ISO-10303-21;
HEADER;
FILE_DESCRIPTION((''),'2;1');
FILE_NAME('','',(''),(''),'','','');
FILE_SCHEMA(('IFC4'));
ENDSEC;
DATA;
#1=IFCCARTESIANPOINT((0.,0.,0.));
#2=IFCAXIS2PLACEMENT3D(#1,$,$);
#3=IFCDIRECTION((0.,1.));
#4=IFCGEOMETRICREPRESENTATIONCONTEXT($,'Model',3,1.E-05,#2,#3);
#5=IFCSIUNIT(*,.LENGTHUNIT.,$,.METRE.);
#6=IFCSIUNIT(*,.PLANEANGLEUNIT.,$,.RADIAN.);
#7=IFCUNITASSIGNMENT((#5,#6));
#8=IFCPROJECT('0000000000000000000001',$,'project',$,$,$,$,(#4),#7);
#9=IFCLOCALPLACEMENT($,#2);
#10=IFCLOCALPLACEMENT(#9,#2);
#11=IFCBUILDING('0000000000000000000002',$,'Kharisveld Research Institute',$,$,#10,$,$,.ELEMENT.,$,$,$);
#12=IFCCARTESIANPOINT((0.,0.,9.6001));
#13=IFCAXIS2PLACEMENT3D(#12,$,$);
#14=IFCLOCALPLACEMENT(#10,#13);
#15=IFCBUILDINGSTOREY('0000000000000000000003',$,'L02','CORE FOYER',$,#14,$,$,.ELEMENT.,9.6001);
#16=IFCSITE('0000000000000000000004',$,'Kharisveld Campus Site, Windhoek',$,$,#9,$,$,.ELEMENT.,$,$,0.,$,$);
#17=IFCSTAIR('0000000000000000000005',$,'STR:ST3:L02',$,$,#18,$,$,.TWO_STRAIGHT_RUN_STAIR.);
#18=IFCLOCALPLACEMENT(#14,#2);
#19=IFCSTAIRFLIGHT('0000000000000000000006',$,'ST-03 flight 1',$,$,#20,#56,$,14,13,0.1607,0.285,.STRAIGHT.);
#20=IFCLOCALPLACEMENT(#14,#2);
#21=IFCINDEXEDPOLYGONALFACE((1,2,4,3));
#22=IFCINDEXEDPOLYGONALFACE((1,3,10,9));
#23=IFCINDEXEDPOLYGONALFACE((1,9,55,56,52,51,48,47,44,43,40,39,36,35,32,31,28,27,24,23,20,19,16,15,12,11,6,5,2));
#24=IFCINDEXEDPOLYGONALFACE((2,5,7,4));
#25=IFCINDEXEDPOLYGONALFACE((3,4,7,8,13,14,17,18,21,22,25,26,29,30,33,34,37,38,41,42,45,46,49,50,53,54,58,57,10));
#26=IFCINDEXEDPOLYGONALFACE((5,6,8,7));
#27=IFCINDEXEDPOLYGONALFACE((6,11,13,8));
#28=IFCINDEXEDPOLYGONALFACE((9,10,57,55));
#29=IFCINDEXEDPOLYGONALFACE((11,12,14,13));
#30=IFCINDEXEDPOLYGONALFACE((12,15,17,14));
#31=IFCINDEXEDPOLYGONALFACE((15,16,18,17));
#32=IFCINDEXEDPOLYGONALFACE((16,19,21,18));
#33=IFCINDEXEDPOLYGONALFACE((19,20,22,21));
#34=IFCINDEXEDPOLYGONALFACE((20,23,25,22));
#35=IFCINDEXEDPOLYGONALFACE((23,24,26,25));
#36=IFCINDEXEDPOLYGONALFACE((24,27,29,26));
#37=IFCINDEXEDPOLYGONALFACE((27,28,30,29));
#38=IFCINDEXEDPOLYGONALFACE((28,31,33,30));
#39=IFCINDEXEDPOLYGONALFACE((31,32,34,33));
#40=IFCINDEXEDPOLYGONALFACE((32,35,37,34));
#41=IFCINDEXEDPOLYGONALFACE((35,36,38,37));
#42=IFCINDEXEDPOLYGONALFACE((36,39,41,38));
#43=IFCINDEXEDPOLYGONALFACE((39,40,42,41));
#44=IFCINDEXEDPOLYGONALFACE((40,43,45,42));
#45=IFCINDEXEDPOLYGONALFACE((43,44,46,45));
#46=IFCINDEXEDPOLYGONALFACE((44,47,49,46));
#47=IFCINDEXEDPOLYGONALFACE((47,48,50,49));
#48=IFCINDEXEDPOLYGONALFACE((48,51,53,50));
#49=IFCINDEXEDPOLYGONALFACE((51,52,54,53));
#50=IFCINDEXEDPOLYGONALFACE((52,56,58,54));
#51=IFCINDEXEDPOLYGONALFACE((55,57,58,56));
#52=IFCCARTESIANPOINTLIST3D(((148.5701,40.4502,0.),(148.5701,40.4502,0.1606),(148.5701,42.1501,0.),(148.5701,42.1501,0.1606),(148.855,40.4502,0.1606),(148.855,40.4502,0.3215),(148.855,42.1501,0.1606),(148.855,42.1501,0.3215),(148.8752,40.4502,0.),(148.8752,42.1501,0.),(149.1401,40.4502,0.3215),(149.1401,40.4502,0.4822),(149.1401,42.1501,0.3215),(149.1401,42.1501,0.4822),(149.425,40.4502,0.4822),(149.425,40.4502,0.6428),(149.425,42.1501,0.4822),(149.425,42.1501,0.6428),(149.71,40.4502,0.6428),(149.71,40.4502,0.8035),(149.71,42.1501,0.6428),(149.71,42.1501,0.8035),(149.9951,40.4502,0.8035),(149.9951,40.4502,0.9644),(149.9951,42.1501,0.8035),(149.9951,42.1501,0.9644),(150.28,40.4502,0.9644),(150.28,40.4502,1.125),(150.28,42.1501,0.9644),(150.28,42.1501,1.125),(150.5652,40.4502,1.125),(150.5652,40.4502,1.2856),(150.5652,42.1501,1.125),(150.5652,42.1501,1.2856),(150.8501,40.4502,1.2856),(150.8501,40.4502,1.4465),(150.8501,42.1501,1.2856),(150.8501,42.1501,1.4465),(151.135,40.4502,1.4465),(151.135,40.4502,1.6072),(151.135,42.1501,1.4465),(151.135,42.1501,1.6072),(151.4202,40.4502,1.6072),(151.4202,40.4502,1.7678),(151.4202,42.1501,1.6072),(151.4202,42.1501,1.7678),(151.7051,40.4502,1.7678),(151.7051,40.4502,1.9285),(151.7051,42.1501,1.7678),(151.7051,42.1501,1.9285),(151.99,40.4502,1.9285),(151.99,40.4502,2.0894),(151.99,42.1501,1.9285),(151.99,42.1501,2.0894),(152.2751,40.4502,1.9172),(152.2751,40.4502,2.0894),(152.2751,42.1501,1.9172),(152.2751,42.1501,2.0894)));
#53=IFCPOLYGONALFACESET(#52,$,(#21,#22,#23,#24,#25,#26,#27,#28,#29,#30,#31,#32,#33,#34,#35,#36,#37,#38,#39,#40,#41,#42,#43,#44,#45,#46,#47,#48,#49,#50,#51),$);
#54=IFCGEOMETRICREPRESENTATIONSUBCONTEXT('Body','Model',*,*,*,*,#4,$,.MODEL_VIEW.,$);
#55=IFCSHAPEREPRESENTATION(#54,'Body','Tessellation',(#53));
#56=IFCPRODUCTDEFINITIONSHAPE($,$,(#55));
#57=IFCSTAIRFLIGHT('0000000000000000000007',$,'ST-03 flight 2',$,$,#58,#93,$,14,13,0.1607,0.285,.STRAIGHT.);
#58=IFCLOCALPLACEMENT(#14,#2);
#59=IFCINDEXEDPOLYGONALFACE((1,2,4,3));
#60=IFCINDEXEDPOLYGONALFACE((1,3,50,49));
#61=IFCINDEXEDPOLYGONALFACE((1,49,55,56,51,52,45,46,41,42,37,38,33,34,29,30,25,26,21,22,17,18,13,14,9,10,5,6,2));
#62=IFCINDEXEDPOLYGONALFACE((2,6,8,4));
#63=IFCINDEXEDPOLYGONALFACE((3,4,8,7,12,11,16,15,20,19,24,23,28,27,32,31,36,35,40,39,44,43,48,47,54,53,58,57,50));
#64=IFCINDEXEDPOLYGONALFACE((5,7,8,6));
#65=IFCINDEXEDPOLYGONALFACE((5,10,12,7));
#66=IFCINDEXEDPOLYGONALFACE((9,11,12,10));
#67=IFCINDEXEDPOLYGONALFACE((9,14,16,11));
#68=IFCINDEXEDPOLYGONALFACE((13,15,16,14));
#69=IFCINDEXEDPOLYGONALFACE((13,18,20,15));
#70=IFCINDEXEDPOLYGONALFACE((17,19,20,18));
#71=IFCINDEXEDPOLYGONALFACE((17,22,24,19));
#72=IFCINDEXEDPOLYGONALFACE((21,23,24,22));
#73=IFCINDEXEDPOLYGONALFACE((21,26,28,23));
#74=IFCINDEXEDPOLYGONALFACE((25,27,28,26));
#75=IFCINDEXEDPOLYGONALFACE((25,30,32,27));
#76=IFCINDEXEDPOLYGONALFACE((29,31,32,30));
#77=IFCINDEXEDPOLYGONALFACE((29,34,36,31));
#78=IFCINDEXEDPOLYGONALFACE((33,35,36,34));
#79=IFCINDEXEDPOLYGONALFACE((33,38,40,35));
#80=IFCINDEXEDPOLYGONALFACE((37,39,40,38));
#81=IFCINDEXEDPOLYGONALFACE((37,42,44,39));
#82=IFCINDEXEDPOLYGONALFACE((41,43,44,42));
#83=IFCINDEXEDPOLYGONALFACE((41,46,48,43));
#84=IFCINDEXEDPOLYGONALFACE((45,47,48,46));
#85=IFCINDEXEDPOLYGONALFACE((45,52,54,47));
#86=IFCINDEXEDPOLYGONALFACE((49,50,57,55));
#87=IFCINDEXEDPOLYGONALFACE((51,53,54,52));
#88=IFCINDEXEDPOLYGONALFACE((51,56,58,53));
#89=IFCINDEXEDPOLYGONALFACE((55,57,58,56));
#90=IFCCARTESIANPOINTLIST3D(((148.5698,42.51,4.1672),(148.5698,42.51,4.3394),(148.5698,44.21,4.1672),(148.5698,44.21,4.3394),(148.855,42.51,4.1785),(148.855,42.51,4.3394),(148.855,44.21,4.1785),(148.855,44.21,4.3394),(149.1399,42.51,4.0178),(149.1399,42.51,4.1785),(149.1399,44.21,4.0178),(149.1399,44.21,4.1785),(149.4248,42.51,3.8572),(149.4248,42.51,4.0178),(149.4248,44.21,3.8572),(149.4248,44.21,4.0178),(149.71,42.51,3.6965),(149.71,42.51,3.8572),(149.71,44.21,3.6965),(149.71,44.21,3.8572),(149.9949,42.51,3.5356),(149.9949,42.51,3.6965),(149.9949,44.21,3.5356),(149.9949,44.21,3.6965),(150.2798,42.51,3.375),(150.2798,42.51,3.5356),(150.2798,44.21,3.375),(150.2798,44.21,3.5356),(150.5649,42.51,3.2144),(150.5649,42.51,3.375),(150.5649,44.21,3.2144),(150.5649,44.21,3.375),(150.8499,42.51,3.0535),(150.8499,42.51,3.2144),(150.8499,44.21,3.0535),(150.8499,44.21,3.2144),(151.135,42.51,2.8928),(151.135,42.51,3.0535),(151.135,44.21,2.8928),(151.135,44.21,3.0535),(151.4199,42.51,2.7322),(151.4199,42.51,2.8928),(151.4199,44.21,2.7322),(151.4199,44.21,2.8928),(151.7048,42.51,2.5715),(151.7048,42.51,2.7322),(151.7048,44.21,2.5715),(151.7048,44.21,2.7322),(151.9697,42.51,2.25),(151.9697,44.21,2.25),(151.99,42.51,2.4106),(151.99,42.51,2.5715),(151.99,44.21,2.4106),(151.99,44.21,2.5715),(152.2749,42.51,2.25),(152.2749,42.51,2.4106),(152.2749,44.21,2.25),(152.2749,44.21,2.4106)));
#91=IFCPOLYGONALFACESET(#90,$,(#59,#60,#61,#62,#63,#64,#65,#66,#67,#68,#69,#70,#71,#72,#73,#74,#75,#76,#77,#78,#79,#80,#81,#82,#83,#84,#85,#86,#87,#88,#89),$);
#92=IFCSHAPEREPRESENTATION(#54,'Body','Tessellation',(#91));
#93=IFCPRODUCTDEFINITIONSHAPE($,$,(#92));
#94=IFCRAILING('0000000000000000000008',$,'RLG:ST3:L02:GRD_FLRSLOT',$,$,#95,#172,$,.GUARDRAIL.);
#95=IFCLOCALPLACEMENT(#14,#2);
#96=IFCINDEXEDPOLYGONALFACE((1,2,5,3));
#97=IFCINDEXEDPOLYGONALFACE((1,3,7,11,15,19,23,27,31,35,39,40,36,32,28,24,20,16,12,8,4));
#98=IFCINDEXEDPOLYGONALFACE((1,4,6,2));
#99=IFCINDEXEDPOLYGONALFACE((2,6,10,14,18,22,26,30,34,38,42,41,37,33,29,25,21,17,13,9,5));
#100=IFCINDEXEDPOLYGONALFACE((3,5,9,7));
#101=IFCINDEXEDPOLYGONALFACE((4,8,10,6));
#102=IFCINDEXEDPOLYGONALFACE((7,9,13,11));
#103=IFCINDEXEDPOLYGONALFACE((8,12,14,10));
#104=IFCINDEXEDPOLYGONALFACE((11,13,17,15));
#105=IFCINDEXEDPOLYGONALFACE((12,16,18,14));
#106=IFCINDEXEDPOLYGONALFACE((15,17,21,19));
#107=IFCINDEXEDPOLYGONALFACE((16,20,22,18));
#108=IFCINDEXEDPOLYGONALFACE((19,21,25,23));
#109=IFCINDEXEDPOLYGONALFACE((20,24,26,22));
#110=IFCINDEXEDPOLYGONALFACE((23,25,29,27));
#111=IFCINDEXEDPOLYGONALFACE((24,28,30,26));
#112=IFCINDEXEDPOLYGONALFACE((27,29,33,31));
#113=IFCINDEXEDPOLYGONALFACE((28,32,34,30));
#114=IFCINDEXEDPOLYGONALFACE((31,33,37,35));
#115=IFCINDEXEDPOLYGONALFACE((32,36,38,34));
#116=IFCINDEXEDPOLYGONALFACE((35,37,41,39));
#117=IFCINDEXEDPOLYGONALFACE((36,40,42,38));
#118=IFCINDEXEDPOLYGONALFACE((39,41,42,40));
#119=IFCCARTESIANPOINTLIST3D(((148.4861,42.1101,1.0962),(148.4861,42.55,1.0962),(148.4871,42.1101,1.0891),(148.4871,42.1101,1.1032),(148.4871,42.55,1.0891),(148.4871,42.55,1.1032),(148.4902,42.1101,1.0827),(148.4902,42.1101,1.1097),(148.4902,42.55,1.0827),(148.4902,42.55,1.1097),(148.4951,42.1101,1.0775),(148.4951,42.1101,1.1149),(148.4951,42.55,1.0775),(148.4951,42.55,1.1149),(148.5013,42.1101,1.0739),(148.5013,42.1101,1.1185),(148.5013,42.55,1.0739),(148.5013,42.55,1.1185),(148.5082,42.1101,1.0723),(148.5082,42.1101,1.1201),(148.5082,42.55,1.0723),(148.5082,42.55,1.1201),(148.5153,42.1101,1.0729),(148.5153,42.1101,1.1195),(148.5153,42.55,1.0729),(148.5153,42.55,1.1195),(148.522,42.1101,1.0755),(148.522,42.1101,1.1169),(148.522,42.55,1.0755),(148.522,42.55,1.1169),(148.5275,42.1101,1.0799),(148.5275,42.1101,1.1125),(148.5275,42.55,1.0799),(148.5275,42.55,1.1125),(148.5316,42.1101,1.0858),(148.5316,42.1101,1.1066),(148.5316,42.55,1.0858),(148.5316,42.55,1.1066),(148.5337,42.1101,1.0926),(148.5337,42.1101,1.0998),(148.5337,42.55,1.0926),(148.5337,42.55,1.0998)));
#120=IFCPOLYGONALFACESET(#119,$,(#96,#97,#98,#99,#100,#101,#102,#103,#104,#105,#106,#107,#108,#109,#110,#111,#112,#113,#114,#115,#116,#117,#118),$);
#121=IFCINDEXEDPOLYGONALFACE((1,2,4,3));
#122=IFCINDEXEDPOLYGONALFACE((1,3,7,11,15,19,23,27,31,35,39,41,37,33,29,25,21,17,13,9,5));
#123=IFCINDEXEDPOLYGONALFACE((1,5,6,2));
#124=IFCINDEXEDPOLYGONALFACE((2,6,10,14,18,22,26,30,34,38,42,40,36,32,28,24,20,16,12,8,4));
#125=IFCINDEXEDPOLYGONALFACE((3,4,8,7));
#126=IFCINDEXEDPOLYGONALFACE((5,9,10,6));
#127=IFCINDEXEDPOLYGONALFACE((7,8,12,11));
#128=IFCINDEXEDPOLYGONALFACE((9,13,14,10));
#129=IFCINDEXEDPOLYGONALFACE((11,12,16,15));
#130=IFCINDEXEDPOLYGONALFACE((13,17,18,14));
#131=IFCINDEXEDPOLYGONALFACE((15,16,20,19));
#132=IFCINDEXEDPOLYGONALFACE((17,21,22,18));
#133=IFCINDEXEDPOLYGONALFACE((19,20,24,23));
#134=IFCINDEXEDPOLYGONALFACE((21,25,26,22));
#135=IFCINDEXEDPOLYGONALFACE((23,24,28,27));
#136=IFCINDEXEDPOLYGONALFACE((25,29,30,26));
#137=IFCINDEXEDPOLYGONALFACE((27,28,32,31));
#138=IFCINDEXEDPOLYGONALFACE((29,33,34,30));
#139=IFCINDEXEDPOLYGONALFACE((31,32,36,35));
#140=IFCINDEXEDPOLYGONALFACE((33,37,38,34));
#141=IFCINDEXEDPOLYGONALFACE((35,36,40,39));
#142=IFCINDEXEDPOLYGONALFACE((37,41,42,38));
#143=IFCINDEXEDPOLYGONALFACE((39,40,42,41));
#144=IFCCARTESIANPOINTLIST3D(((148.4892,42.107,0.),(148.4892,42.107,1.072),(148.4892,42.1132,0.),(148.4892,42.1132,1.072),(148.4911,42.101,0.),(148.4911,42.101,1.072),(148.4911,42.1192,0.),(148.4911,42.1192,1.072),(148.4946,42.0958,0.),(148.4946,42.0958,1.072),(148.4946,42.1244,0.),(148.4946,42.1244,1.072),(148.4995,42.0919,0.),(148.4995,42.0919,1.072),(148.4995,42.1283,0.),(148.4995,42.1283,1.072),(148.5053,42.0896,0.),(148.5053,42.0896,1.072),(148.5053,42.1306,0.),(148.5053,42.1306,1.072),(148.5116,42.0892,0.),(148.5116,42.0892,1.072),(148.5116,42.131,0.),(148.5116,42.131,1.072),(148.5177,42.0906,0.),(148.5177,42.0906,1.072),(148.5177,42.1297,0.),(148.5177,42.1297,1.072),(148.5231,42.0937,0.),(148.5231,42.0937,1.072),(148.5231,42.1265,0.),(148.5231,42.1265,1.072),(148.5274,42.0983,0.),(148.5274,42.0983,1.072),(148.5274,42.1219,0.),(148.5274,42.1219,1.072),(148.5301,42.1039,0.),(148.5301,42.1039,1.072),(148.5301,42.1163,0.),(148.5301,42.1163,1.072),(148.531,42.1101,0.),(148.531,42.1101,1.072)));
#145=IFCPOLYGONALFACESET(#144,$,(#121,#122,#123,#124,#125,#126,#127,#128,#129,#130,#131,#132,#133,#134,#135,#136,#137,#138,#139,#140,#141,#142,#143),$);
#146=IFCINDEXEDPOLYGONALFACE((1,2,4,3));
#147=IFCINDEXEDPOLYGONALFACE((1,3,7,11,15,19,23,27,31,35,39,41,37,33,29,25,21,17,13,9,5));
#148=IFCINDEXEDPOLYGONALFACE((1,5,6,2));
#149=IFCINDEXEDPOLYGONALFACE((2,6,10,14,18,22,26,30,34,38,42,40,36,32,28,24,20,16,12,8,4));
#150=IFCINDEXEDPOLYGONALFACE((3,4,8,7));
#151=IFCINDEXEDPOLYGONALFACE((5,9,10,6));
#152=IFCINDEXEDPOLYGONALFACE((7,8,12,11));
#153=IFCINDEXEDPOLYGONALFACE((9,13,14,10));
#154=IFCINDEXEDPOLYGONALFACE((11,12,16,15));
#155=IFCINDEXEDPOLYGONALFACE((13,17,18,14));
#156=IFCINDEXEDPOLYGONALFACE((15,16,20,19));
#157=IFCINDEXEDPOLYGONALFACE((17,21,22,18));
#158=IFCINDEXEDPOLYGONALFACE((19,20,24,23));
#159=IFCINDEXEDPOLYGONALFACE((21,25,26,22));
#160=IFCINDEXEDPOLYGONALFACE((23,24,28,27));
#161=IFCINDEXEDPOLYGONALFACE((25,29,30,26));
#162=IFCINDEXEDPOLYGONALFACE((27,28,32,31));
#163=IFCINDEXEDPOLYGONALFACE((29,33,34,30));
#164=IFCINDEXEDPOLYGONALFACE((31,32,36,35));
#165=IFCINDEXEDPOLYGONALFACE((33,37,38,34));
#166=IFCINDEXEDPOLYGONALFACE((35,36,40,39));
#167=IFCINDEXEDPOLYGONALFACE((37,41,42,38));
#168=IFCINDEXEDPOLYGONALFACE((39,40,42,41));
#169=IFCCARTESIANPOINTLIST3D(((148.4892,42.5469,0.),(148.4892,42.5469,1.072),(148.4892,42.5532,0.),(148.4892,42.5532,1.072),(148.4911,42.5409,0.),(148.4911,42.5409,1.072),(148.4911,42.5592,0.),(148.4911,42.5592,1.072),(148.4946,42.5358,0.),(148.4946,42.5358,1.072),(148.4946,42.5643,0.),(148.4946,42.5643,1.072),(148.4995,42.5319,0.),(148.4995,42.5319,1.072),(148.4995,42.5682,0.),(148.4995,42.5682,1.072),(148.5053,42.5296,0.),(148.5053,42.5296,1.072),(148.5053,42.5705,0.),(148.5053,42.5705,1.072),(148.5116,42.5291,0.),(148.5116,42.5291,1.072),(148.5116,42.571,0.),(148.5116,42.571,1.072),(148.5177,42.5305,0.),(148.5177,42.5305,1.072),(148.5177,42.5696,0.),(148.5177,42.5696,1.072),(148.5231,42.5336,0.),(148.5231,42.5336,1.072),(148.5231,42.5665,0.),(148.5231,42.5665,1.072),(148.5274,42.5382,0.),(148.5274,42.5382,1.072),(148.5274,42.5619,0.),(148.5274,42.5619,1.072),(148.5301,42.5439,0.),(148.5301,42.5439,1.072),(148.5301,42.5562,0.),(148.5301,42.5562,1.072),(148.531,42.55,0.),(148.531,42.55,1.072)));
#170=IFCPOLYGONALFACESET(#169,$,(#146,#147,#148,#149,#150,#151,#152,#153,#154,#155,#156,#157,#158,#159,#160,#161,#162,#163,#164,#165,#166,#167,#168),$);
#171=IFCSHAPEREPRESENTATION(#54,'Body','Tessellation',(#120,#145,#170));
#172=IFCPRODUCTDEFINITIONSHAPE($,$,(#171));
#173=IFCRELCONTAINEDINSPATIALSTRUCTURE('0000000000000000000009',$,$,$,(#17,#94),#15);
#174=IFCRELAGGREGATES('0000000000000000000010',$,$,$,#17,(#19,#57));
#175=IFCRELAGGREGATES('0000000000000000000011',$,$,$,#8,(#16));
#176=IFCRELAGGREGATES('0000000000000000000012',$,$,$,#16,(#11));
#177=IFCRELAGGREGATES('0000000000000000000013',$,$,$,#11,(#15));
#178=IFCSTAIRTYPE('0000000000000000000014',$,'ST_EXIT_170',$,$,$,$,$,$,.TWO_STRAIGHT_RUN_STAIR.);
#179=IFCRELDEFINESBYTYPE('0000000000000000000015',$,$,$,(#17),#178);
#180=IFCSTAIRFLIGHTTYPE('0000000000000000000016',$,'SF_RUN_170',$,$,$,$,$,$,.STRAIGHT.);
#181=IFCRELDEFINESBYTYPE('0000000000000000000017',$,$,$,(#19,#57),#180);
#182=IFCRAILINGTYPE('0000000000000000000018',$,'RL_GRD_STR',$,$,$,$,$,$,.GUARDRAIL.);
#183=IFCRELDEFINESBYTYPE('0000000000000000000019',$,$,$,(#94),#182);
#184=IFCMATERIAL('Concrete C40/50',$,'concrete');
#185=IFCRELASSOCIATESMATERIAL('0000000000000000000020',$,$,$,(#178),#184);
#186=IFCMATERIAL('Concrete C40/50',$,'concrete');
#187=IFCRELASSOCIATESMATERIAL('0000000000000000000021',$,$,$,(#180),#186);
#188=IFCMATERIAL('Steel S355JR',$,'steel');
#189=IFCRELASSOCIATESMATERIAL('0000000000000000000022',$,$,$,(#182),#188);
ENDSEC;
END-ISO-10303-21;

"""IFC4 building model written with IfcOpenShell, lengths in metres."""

from ifc_helpers import new_model, si_unit, direction, frame, origin, origin_2d, place, context, subcontext, project, spatial, polyline, circle, outline, extrude, material, type_object, element, aggregate, save


model = new_model("IFC4")

# Units and contexts
model_context = context("Model", 3, precision=1e-05, world=origin(), true_north=direction((0.0, 1.0)))
body_context = subcontext(model_context, "Body", "Model", "MODEL_VIEW")
ifc_project = project(units=[si_unit("LENGTHUNIT", "METRE"), si_unit("PLANEANGLEUNIT", "RADIAN")], contexts=[model_context])

# Site, building, storey
site_placement = place(None, origin())
site = spatial("IfcSite", under=ifc_project, at=site_placement, Name="Kharisveld Campus Site, Windhoek", CompositionType="ELEMENT", RefElevation=0.0)
building_placement = place(site_placement, origin())
building = spatial("IfcBuilding", under=site, at=building_placement, Name="Kharisveld Research Institute", CompositionType="ELEMENT")
storey_placement = place(building_placement, frame((0.0, 0.0, 9.6001)))
storey = spatial("IfcBuildingStorey", under=building, at=storey_placement, Name="L02", Description="CORE FOYER", CompositionType="ELEMENT", Elevation=9.6001)

# Stair, stair flights
ifc_material_1 = material(Name="Concrete C40/50", Category="concrete")
stair_type = type_object("IfcStairType", Name="ST_EXIT_170", PredefinedType="TWO_STRAIGHT_RUN_STAIR", material=ifc_material_1)
stair_placement = place(storey_placement, origin())
stair = element("IfcStair", 1, at=stair_placement, inside=storey, type_object=stair_type, Name="STR:ST3:L02", PredefinedType="TWO_STRAIGHT_RUN_STAIR")
ifc_material_2 = material(Name="Concrete C40/50", Category="concrete")
stair_flight_type = type_object("IfcStairFlightType", Name="SF_RUN_170", PredefinedType="STRAIGHT", material=ifc_material_2)
stair_flight_1_placement = place(storey_placement, frame((148.5701, 41.3, 0.0), z_axis=(0.0, 0.0, 1.0), x_axis=(1.0, 0.0, 0.0)))
stair_flight_1 = element("IfcStairFlight", 2, at=stair_flight_1_placement, type_object=stair_flight_type, Name="ST-03 flight 1", NumberOfRisers=14, NumberOfTreads=13, PredefinedType="STRAIGHT", RiserHeight=0.1607, TreadLength=0.285, context=body_context, shape_type="SweptSolid", body=[
    extrude(outline(polyline([(0.0, 0.0), (0.0, 0.1606), (0.2849, 0.1606), (0.2849, 0.3215), (0.5701, 0.3215), (0.5701, 0.4822), (0.855, 0.4822), (0.855, 0.6428), (1.1399, 0.6428), (1.1399, 0.8035), (1.425, 0.8035), (1.425, 0.9644), (1.71, 0.9644), (1.71, 1.125), (1.9951, 1.125), (1.9951, 1.2856), (2.28, 1.2856), (2.28, 1.4465), (2.5649, 1.4465), (2.5649, 1.6072), (2.8501, 1.6072), (2.8501, 1.7678), (3.135, 1.7678), (3.135, 1.9285), (3.4199, 1.9285), (3.4199, 2.0894), (3.7051, 2.0894), (3.7051, 2.25), (3.7051, 1.9172), (0.3052, 0.0), (0.0, 0.0)])), frame((0.0, 0.8501, 0.0), z_axis=(0.0, -1.0, 0.0), x_axis=(1.0, 0.0, 0.0)), (0.0, 0.0, 1.0), 1.7),
])
stair_flight_2_placement = place(storey_placement, frame((152.2749, 43.3601, 2.25), z_axis=(0.0, 0.0, 1.0), x_axis=(-1.0, 0.0, 0.0)))
stair_flight_2 = element("IfcStairFlight", 3, at=stair_flight_2_placement, type_object=stair_flight_type, Name="ST-03 flight 2", NumberOfRisers=14, NumberOfTreads=13, PredefinedType="STRAIGHT", RiserHeight=0.1607, TreadLength=0.285, context=body_context, shape_type="SweptSolid", body=[
    extrude(outline(polyline([(0.0, 0.0), (0.0, 0.1606), (0.2849, 0.1606), (0.2849, 0.3215), (0.5701, 0.3215), (0.5701, 0.4822), (0.855, 0.4822), (0.855, 0.6428), (1.1399, 0.6428), (1.1399, 0.8035), (1.425, 0.8035), (1.425, 0.9644), (1.71, 0.9644), (1.71, 1.125), (1.9951, 1.125), (1.9951, 1.2856), (2.28, 1.2856), (2.28, 1.4465), (2.5649, 1.4465), (2.5649, 1.6072), (2.8501, 1.6072), (2.8501, 1.7678), (3.135, 1.7678), (3.135, 1.9285), (3.4199, 1.9285), (3.4199, 2.0894), (3.7051, 2.0894), (3.7051, 2.25), (3.7051, 1.9172), (0.3052, 0.0), (0.0, 0.0)])), frame((0.0, 0.8501, 0.0), z_axis=(0.0, -1.0, 0.0), x_axis=(1.0, 0.0, 0.0)), (0.0, 0.0, 1.0), 1.7),
])
aggregate(stair, [stair_flight_1, stair_flight_2])

# Railing
ifc_material_3 = material(Name="Steel S355JR", Category="steel")
railing_type_1 = type_object("IfcRailingType", Name="RL_GRD_STR", PredefinedType="GUARDRAIL", material=ifc_material_3)
railing_1_placement = place(storey_placement, frame((148.51, 42.1101, 0.0)))
element("IfcRailing", 4, at=railing_1_placement, inside=storey, type_object=railing_type_1, Name="RLG:ST3:L02:GRD_FLRSLOT", PredefinedType="GUARDRAIL", context=body_context, shape_type="SweptSolid", body=[
    extrude(circle(Radius=0.0239, at=origin_2d()), frame((0.0, 0.0, 1.0962), z_axis=(0.0, 1.0, 0.0), x_axis=(-1.0, 0.0, 0.0)), (0.0, 0.0, 1.0), 0.4399),
    extrude(circle(Radius=0.021, at=origin_2d()), origin(), (0.0, 0.0, 1.0), 1.072),
    extrude(circle(Radius=0.021, at=origin_2d()), frame((0.0, 0.4399, 0.0)), (0.0, 0.0, 1.0), 1.072),
])

save(model, "model.ifc")
